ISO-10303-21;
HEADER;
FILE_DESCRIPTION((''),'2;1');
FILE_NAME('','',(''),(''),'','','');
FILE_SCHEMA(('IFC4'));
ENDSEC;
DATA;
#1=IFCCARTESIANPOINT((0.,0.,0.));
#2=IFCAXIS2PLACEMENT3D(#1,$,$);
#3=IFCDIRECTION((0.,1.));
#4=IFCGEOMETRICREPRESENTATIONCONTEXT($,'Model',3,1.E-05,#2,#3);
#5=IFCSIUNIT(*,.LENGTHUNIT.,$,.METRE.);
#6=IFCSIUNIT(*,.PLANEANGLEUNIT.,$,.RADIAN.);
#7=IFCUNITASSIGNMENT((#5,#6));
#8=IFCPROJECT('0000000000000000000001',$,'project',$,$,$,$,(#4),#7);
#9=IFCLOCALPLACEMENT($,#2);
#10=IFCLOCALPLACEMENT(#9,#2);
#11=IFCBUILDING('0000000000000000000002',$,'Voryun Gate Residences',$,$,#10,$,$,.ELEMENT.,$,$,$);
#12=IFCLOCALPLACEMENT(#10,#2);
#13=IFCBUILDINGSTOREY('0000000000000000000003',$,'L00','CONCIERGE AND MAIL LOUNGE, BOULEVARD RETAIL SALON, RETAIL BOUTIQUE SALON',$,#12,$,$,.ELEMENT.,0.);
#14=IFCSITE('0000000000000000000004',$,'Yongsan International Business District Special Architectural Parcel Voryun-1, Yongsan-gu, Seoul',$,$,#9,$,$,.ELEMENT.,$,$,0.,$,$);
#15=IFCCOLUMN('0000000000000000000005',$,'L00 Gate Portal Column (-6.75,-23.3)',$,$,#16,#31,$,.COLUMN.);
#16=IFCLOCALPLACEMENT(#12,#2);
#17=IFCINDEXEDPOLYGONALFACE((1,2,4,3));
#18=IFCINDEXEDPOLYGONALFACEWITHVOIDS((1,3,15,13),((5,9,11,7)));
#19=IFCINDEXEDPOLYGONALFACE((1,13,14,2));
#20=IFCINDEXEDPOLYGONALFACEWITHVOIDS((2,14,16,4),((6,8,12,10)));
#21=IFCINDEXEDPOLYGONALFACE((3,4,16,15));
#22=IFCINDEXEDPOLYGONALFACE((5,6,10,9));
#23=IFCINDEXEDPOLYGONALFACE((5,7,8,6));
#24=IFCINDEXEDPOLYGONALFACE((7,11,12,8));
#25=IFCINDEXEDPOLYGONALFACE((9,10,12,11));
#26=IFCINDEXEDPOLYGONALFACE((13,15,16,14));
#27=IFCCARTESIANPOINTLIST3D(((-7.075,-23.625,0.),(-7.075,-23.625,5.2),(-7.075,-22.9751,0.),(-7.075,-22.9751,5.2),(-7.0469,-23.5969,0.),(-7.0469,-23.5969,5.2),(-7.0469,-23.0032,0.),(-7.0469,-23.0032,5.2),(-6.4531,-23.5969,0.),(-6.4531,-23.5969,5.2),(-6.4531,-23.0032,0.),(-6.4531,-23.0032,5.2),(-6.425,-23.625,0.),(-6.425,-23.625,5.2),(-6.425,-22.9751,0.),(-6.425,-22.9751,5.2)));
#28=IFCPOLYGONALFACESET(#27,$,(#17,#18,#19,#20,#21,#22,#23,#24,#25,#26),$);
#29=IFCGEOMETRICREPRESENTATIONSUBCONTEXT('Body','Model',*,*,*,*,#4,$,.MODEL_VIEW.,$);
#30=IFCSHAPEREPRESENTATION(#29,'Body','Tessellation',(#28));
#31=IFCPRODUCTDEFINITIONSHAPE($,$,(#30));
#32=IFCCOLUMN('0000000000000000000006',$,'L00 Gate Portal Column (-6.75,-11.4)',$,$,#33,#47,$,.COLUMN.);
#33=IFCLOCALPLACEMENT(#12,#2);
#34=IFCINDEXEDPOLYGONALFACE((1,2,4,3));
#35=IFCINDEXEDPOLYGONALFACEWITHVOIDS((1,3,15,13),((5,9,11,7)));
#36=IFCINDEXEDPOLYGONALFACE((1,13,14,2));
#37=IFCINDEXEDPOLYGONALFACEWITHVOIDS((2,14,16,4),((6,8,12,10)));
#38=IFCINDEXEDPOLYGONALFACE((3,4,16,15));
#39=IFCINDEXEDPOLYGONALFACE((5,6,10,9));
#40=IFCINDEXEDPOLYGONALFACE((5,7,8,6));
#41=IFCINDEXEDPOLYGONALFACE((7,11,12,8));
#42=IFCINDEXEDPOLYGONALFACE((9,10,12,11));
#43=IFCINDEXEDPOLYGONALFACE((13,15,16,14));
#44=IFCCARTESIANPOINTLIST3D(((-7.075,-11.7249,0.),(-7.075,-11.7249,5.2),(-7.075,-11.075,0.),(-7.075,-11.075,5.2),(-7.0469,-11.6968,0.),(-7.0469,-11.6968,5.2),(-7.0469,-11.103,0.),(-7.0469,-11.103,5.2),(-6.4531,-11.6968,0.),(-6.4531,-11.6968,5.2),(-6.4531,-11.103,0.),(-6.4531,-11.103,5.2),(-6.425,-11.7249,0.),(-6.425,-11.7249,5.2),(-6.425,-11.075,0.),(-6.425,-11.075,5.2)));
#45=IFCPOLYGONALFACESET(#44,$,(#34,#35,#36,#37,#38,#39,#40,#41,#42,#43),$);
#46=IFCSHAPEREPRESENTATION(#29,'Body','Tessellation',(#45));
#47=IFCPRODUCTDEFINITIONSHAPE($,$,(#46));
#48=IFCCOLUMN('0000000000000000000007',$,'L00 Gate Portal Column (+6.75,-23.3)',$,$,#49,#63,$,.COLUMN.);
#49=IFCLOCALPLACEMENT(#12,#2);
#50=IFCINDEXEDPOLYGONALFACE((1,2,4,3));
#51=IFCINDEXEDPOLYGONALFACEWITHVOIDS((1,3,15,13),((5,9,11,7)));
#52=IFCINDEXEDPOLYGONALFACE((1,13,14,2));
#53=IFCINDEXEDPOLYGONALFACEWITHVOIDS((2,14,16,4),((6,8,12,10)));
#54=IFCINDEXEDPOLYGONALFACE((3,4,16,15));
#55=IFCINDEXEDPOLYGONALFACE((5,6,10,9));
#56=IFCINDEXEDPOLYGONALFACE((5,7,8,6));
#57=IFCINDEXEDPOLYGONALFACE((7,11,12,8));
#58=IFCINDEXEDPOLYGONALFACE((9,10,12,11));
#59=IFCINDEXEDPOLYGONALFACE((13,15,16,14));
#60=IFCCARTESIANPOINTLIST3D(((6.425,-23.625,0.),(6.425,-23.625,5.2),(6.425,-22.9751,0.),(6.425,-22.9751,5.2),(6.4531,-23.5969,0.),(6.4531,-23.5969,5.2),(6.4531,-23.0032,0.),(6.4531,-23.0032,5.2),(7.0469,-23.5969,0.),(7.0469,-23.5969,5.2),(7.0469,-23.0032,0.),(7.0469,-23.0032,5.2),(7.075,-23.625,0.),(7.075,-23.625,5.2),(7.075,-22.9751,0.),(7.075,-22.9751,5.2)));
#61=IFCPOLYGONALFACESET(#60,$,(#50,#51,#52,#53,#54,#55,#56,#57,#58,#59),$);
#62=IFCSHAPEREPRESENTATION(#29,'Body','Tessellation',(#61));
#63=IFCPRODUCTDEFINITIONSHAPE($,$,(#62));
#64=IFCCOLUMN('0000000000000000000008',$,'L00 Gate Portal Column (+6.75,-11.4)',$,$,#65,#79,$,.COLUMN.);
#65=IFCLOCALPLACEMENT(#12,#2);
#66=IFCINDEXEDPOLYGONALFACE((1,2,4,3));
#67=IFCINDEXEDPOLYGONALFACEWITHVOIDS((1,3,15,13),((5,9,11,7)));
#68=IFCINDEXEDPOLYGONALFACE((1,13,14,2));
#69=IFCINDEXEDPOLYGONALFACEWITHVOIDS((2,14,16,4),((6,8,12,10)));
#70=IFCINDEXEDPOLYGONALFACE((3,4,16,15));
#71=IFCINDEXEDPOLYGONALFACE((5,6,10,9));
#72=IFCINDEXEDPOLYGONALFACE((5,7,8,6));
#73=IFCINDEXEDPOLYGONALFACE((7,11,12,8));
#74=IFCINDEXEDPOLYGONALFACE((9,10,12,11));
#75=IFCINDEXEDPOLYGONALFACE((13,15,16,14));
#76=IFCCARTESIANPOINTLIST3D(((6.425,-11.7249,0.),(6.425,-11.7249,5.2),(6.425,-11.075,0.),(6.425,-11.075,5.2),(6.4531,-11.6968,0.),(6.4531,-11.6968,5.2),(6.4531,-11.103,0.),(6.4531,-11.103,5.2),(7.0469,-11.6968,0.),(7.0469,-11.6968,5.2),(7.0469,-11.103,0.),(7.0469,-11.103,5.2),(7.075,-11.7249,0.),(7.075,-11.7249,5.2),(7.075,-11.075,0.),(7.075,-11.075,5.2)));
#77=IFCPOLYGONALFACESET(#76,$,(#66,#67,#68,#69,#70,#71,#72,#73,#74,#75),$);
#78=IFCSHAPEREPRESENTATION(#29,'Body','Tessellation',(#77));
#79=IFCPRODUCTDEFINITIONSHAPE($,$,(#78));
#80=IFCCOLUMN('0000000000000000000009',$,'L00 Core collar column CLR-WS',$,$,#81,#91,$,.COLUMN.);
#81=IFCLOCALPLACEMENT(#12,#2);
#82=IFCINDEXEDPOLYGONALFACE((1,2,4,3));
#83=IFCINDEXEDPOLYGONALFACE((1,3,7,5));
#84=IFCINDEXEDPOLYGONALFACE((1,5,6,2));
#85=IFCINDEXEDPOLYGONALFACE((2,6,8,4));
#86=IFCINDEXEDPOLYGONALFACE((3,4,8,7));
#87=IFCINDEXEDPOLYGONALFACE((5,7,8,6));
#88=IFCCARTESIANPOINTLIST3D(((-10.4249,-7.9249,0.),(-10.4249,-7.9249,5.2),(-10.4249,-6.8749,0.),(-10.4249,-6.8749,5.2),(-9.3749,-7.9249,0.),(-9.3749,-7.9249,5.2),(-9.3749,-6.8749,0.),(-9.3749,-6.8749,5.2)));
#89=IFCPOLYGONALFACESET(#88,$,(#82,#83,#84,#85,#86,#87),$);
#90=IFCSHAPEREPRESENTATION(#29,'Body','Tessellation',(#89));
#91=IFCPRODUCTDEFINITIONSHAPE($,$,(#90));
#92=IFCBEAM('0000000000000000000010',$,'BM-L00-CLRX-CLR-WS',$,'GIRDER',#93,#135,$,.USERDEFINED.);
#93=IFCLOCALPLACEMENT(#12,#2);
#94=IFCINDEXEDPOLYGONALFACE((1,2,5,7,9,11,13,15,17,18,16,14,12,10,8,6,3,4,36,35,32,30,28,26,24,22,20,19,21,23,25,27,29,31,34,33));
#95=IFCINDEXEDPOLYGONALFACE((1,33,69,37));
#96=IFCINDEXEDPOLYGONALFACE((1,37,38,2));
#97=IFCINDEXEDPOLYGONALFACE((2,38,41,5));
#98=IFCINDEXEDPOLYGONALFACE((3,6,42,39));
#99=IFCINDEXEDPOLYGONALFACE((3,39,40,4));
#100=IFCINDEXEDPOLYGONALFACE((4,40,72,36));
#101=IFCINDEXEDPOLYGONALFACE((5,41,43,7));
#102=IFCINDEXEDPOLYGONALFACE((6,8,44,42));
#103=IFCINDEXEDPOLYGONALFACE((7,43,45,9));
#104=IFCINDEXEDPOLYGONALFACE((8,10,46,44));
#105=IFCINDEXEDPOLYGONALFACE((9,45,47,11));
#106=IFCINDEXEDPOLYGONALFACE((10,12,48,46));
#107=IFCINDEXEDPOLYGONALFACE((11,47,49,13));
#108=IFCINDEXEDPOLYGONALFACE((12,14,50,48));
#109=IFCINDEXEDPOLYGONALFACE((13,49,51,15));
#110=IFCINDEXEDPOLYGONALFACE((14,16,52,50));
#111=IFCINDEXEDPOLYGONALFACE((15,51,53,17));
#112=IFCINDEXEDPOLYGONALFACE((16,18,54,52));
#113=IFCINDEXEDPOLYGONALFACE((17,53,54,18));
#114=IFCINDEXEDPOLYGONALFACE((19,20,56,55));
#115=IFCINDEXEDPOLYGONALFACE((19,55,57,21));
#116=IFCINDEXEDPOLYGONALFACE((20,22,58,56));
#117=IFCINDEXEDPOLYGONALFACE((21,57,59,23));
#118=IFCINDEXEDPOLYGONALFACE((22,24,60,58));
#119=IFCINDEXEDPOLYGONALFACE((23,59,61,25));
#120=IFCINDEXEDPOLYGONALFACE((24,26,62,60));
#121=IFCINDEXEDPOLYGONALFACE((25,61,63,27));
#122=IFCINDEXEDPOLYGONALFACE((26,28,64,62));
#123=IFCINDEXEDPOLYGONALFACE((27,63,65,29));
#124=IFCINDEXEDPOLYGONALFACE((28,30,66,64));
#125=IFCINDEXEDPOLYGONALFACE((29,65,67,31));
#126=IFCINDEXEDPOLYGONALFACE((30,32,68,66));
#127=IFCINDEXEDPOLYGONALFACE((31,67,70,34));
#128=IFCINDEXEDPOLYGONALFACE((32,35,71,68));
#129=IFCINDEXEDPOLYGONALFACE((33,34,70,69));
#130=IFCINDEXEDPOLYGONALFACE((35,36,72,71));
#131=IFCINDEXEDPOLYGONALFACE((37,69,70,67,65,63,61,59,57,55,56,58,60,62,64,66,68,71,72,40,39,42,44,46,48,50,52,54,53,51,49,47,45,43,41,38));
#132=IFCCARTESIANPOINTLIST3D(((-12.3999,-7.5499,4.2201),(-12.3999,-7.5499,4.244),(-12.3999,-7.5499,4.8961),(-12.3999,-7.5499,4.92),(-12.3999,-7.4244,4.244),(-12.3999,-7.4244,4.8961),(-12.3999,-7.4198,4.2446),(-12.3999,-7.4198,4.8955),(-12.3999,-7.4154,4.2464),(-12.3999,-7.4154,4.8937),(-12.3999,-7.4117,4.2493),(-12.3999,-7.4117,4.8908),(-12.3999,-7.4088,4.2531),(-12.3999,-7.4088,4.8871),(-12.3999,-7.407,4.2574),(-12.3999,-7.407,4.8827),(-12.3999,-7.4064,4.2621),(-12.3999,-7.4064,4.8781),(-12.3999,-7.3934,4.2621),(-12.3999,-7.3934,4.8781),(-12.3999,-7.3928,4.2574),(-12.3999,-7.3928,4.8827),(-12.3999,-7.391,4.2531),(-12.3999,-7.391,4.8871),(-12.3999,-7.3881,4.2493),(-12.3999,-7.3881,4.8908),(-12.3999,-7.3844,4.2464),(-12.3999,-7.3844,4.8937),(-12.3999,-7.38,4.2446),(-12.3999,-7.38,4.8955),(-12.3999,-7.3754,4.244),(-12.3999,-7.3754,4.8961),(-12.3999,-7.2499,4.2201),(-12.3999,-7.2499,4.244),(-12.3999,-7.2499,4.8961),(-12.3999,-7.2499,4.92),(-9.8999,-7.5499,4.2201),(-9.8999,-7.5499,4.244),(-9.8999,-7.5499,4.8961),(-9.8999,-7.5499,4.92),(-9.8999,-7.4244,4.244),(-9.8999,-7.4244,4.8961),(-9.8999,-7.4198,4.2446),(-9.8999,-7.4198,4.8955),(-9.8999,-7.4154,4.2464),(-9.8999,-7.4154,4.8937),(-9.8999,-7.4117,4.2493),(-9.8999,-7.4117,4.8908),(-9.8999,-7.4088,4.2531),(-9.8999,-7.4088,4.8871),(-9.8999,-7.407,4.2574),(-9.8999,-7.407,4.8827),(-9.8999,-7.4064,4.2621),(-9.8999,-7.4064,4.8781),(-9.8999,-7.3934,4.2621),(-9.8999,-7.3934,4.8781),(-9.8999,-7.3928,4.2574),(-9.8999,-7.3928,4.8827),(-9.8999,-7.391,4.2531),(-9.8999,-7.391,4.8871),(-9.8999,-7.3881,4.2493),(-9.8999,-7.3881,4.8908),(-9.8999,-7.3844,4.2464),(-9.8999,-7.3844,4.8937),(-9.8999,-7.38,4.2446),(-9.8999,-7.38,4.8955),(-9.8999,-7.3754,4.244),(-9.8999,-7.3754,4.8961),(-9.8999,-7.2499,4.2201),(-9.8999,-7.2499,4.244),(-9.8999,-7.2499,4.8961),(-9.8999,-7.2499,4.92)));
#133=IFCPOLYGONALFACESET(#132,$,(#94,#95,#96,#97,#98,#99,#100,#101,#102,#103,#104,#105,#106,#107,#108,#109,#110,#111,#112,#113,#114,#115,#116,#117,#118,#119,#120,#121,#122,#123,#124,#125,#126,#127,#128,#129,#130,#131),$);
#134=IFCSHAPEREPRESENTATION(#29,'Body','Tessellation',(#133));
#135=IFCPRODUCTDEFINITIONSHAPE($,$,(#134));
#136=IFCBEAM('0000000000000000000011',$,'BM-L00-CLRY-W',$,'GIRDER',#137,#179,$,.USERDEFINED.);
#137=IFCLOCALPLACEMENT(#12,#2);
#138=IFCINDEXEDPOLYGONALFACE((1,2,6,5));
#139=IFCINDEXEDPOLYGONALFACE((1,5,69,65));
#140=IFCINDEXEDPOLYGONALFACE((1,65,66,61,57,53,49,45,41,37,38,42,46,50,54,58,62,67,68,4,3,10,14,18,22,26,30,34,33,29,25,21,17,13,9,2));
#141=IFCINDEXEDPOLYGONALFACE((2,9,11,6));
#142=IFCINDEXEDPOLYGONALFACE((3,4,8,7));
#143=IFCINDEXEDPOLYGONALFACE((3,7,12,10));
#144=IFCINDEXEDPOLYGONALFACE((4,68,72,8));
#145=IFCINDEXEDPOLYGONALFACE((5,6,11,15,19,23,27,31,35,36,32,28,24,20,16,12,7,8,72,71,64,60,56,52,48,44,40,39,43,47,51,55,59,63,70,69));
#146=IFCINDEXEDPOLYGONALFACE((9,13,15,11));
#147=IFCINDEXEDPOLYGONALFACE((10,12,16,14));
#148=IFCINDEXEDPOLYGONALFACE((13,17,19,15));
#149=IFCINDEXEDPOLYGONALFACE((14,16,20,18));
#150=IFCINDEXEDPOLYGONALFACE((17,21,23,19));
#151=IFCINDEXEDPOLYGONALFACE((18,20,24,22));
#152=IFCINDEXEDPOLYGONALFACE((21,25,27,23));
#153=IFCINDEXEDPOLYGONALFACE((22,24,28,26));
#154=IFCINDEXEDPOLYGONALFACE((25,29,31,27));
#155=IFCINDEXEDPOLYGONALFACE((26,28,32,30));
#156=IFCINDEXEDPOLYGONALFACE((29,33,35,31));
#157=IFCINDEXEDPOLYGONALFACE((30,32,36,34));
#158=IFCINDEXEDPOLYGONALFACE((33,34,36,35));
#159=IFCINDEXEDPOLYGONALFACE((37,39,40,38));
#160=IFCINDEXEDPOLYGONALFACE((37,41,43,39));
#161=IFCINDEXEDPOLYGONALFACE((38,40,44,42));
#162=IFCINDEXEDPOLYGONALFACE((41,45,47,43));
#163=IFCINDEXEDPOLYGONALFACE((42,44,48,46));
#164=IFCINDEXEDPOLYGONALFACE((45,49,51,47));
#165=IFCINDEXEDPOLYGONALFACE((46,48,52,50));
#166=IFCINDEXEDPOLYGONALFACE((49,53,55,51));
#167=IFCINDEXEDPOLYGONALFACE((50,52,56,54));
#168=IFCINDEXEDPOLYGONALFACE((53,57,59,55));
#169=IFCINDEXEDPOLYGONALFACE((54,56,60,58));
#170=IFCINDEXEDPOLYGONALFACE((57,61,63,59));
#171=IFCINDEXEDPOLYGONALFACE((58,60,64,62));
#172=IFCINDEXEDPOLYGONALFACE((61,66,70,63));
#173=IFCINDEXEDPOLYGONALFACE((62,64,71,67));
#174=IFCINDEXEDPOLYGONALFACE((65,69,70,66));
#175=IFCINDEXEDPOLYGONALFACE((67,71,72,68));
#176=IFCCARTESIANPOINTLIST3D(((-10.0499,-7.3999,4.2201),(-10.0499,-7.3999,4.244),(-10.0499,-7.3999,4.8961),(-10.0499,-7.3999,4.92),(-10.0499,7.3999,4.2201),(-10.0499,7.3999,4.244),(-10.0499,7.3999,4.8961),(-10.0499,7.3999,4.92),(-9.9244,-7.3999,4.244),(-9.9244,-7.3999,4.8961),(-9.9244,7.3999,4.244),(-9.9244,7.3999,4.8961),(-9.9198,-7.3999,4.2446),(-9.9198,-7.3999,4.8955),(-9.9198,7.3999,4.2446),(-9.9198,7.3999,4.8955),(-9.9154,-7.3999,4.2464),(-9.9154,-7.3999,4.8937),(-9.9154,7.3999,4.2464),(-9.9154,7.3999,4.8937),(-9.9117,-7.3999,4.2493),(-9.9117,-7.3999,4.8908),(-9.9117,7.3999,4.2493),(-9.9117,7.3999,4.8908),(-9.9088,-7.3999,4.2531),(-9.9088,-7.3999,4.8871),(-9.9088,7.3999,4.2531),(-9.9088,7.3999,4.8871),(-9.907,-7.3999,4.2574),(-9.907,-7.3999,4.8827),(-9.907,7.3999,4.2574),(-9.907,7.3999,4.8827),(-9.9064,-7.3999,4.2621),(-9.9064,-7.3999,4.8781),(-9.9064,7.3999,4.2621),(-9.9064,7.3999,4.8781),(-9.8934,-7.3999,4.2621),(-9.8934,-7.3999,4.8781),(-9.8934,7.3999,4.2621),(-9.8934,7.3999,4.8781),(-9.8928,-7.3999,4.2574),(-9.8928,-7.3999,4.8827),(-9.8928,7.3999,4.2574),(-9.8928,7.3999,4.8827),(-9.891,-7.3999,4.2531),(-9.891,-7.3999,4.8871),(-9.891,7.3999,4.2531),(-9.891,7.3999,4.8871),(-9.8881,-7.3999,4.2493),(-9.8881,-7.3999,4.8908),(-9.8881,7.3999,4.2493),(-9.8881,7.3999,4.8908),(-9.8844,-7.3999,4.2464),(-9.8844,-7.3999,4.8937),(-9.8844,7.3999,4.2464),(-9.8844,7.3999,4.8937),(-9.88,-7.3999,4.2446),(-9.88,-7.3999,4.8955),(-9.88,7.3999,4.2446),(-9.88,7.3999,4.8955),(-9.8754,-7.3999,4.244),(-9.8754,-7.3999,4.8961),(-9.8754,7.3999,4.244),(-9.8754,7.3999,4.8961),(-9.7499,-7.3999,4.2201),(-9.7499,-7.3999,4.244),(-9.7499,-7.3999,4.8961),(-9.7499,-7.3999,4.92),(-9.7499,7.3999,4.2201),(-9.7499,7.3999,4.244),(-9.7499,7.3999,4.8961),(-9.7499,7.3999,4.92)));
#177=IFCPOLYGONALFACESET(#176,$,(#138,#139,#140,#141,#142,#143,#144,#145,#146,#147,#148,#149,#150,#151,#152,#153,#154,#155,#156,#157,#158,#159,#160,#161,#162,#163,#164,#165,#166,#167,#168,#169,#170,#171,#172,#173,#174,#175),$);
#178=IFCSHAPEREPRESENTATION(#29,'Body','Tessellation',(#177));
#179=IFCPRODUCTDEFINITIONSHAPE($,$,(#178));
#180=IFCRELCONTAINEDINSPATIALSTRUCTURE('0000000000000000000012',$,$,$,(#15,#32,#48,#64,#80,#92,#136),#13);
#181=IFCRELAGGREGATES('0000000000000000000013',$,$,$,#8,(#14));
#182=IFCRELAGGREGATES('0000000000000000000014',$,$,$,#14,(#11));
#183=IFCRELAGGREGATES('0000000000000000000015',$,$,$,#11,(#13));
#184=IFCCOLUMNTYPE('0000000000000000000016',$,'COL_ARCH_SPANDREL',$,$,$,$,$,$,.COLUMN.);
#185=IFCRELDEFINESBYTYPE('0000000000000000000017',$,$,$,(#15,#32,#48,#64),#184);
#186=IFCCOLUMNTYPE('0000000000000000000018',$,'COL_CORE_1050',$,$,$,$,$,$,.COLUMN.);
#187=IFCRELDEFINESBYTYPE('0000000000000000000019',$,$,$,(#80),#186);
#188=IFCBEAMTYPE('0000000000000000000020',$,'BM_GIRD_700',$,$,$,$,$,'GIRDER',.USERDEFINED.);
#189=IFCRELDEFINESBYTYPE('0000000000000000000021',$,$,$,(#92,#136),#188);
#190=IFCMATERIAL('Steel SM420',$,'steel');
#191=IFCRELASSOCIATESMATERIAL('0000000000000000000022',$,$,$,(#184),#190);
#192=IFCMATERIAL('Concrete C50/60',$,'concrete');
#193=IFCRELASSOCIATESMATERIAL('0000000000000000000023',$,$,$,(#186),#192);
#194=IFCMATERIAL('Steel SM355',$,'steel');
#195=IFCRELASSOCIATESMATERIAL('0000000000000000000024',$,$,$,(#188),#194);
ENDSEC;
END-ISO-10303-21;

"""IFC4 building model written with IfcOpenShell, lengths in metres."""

from ifc_helpers import new_model, si_unit, direction, frame, origin, origin_2d, place, context, subcontext, project, spatial, rectangle, hollow_rectangle, i_section, extrude, material, material_profile, profile_set, type_object, element, save


model = new_model("IFC4")

# Units and contexts
model_context = context("Model", 3, precision=1e-05, world=origin(), true_north=direction((0.0, 1.0)))
body_context = subcontext(model_context, "Body", "Model", "MODEL_VIEW")
ifc_project = project(units=[si_unit("LENGTHUNIT", "METRE"), si_unit("PLANEANGLEUNIT", "RADIAN")], contexts=[model_context])

# Site, building, storey
site_placement = place(None, origin())
site = spatial("IfcSite", under=ifc_project, at=site_placement, Name="Yongsan International Business District Special Architectural Parcel Voryun-1, Yongsan-gu, Seoul", CompositionType="ELEMENT", RefElevation=0.0)
building_placement = place(site_placement, origin())
building = spatial("IfcBuilding", under=site, at=building_placement, Name="Voryun Gate Residences", CompositionType="ELEMENT")
storey_placement = place(building_placement, origin())
storey = spatial("IfcBuildingStorey", under=building, at=storey_placement, Name="L00", Description="CONCIERGE AND MAIL LOUNGE, BOULEVARD RETAIL SALON, RETAIL BOUTIQUE SALON", CompositionType="ELEMENT", Elevation=0.0)

# Columns
ifc_material_1 = material(Name="Steel SM420", Category="steel")
ifc_material_profile_1 = material_profile(ifc_material_1, hollow_rectangle(XDim=0.6499, YDim=0.6499, WallThickness=0.0281, at=origin_2d()), Name="BOX-650x650x28")
ifc_profile_set_1 = profile_set([ifc_material_profile_1], Name="Steel SM420")
column_type_1 = type_object("IfcColumnType", Name="COL_ARCH_SPANDREL", PredefinedType="COLUMN", material=ifc_profile_set_1)
for number, where, z_axis, x_axis, name in (
    (1, (-6.75, -23.3, 0.0), (0.0, 0.0, 1.0), (1.0, 0.0, 0.0), "L00 Gate Portal Column (-6.75,-23.3)"),
    (2, (-6.75, -11.3999, 0.0), (0.0, 0.0, 1.0), (1.0, 0.0, 0.0), "L00 Gate Portal Column (-6.75,-11.4)"),
    (3, (6.75, -23.3, 0.0), (0.0, 0.0, 1.0), (1.0, 0.0, 0.0), "L00 Gate Portal Column (+6.75,-23.3)"),
    (4, (6.75, -11.3999, 0.0), (0.0, 0.0, 1.0), (1.0, 0.0, 0.0), "L00 Gate Portal Column (+6.75,-11.4)"),
):
    element("IfcColumn", number, at=place(storey_placement, frame(where, z_axis=z_axis, x_axis=x_axis)), inside=storey, type_object=column_type_1, Name=name, PredefinedType="COLUMN", context=body_context, shape_type="SweptSolid", body=[
        extrude(hollow_rectangle(XDim=0.6499, YDim=0.6499, WallThickness=0.0281, at=origin_2d()), origin(), (0.0, 0.0, 1.0), 5.2),
    ])
ifc_material_2 = material(Name="Concrete C50/60", Category="concrete")
ifc_material_profile_2 = material_profile(ifc_material_2, rectangle(XDim=1.05, YDim=1.05, at=origin_2d()), Name="RC-1050x1050")
ifc_profile_set_2 = profile_set([ifc_material_profile_2], Name="Concrete C50/60")
column_type_2 = type_object("IfcColumnType", Name="COL_CORE_1050", PredefinedType="COLUMN", material=ifc_profile_set_2)
column_placement = place(storey_placement, frame((-9.8999, -7.3999, 0.0), z_axis=(0.0, 0.0, 1.0), x_axis=(1.0, 0.0, 0.0)))
element("IfcColumn", 5, at=column_placement, inside=storey, type_object=column_type_2, Name="L00 Core collar column CLR-WS", PredefinedType="COLUMN", context=body_context, shape_type="SweptSolid", body=[
    extrude(rectangle(XDim=1.05, YDim=1.05, at=origin_2d()), origin(), (0.0, 0.0, 1.0), 5.2),
])

# Beams
ifc_material_3 = material(Name="Steel SM355", Category="steel")
ifc_material_profile_3 = material_profile(ifc_material_3, i_section(OverallWidth=0.3, OverallDepth=0.7, WebThickness=0.0129, FlangeThickness=0.0239, FilletRadius=0.0181, at=origin_2d()), Name="H-700x300x13x24")
ifc_profile_set_3 = profile_set([ifc_material_profile_3], Name="Steel SM355")
beam_type = type_object("IfcBeamType", Name="BM_GIRD_700", ElementType="GIRDER", PredefinedType="USERDEFINED", material=ifc_profile_set_3)
beam_1_placement = place(storey_placement, frame((-12.3999, -7.3999, 4.5701), z_axis=(1.0, 0.0, 0.0), x_axis=(0.0, 1.0, 0.0)))
element("IfcBeam", 6, at=beam_1_placement, inside=storey, type_object=beam_type, Name="BM-L00-CLRX-CLR-WS", ObjectType="GIRDER", PredefinedType="USERDEFINED", context=body_context, shape_type="SweptSolid", body=[
    extrude(i_section(OverallWidth=0.3, OverallDepth=0.7, WebThickness=0.0129, FlangeThickness=0.0239, FilletRadius=0.0181, at=origin_2d()), origin(), (0.0, 0.0, 1.0), 2.5),
])
beam_2_placement = place(storey_placement, frame((-9.8999, -7.3999, 4.5701), z_axis=(0.0, 1.0, 0.0), x_axis=(-1.0, 0.0, 0.0)))
element("IfcBeam", 7, at=beam_2_placement, inside=storey, type_object=beam_type, Name="BM-L00-CLRY-W", ObjectType="GIRDER", PredefinedType="USERDEFINED", context=body_context, shape_type="SweptSolid", body=[
    extrude(i_section(OverallWidth=0.3, OverallDepth=0.7, WebThickness=0.0129, FlangeThickness=0.0239, FilletRadius=0.0181, at=origin_2d()), origin(), (0.0, 0.0, 1.0), 14.7998),
])

save(model, "model.ifc")
